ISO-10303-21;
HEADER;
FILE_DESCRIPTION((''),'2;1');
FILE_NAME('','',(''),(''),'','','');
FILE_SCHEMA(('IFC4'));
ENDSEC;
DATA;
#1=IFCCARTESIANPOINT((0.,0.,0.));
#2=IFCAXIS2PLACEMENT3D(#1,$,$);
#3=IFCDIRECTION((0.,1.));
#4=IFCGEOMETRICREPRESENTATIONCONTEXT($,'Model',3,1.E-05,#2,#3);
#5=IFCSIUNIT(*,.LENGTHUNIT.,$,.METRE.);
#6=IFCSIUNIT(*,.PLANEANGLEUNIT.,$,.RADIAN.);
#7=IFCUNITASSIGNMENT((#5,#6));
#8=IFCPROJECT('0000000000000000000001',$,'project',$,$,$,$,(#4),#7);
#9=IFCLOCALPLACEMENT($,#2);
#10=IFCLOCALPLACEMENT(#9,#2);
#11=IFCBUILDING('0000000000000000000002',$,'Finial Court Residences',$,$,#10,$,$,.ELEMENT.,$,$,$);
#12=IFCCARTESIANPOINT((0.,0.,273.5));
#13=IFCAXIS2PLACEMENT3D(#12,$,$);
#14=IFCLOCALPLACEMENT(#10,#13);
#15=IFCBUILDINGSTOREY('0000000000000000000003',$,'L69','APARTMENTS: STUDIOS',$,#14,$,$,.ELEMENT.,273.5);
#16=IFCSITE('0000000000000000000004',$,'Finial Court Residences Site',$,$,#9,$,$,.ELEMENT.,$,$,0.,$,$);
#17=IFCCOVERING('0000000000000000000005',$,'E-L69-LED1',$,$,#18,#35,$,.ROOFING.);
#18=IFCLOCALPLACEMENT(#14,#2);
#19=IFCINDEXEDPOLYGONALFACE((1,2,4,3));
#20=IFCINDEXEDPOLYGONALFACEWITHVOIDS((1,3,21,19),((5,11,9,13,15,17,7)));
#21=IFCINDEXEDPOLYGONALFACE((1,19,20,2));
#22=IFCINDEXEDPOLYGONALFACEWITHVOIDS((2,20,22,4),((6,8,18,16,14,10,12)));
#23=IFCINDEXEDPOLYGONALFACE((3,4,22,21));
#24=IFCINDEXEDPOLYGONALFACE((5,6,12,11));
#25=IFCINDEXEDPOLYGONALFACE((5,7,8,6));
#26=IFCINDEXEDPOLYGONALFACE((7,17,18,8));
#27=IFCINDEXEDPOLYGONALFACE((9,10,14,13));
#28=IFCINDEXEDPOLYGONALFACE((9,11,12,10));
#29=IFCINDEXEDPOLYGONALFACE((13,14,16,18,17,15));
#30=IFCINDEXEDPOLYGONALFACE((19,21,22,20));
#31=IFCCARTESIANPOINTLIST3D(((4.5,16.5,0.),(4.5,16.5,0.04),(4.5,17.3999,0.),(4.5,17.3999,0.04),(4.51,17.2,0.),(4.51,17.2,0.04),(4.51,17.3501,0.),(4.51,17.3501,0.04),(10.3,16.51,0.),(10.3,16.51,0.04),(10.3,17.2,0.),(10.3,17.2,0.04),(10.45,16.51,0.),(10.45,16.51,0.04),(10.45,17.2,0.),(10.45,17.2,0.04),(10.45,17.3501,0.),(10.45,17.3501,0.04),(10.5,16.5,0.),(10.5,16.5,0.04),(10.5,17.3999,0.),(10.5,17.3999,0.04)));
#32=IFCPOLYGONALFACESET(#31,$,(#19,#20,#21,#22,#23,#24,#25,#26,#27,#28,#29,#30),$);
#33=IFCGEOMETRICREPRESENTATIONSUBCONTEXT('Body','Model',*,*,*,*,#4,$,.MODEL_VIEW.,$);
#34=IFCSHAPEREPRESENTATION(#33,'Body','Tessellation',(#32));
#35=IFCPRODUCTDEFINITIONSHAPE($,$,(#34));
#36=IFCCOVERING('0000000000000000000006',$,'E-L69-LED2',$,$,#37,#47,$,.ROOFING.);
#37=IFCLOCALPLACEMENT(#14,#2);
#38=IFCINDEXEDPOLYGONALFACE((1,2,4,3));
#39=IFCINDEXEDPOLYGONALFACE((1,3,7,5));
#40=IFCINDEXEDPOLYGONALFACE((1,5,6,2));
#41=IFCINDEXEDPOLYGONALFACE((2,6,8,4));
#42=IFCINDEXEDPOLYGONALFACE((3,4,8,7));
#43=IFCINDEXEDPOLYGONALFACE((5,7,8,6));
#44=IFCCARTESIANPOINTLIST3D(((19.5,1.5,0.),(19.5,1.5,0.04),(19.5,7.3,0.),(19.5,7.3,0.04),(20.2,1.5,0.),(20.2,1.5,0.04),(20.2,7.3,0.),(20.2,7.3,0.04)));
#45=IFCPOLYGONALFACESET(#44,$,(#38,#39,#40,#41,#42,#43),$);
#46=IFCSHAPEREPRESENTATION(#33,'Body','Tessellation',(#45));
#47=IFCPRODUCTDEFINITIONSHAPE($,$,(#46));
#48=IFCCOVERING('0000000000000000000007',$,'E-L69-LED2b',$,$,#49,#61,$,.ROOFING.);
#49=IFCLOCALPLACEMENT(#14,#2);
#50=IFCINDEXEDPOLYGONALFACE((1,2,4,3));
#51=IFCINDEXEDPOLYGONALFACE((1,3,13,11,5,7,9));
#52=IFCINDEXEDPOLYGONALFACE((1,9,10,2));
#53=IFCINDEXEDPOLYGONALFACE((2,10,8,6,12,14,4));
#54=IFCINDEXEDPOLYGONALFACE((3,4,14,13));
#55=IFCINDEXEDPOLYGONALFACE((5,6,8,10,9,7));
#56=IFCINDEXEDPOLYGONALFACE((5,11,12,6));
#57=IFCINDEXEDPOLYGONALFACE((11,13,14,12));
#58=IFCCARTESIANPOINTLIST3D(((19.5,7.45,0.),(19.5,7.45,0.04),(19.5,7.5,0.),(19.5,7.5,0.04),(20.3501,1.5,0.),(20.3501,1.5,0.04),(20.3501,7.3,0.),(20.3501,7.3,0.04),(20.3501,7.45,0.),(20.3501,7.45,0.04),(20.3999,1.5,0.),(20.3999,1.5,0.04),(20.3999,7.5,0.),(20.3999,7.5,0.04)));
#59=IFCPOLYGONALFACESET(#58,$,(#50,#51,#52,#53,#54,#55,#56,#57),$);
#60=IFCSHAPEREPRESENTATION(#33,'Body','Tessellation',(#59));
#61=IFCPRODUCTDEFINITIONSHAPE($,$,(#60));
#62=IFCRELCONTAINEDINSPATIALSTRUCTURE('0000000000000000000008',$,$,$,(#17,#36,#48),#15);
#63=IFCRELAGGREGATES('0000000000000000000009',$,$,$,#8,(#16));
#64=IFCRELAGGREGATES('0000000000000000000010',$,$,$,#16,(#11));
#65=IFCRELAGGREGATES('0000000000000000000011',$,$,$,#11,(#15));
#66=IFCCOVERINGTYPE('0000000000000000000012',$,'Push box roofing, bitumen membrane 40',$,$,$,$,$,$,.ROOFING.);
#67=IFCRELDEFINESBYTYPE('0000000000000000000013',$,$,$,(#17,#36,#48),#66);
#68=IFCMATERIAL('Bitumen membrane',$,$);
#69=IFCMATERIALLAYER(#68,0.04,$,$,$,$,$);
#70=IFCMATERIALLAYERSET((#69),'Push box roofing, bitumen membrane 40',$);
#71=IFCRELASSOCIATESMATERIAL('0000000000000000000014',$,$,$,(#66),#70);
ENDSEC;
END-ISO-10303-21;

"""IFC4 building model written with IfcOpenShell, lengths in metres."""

from ifc_helpers import new_model, si_unit, direction, frame, origin, place, context, subcontext, project, spatial, polyline, outline, extrude, material, layer, layer_set, type_object, element, save


model = new_model("IFC4")

# Units and contexts
model_context = context("Model", 3, precision=1e-05, world=origin(), true_north=direction((0.0, 1.0)))
body_context = subcontext(model_context, "Body", "Model", "MODEL_VIEW")
ifc_project = project(units=[si_unit("LENGTHUNIT", "METRE"), si_unit("PLANEANGLEUNIT", "RADIAN")], contexts=[model_context])

# Site, building, storey
site_placement = place(None, origin())
site = spatial("IfcSite", under=ifc_project, at=site_placement, Name="Finial Court Residences Site", CompositionType="ELEMENT", RefElevation=0.0)
building_placement = place(site_placement, origin())
building = spatial("IfcBuilding", under=site, at=building_placement, Name="Finial Court Residences", CompositionType="ELEMENT")
storey_placement = place(building_placement, frame((0.0, 0.0, 273.5)))
storey = spatial("IfcBuildingStorey", under=building, at=storey_placement, Name="L69", Description="APARTMENTS: STUDIOS", CompositionType="ELEMENT", Elevation=273.5)

# Coverings
ifc_material_1 = material(Name="Bitumen membrane")
ifc_layer_1 = layer(ifc_material_1, 0.04)
ifc_layer_set_1 = layer_set([ifc_layer_1], Name="Push box roofing, bitumen membrane 40")
covering_type_1 = type_object("IfcCoveringType", Name="Push box roofing, bitumen membrane 40", PredefinedType="ROOFING", material=ifc_layer_set_1)
covering_1_placement = place(storey_placement, origin())
element("IfcCovering", 1, at=covering_1_placement, inside=storey, type_object=covering_type_1, Name="E-L69-LED1", PredefinedType="ROOFING", context=body_context, shape_type="SweptSolid", body=[
    extrude(outline(polyline([(4.5, 16.5), (4.5, 17.3999), (10.5, 17.3999), (10.5, 16.5), (4.5, 16.5)]), holes=[polyline([(10.45, 16.51), (10.45, 17.2), (10.45, 17.3501), (4.51, 17.3501), (4.51, 17.2), (10.3, 17.2), (10.3, 16.51), (10.45, 16.51)])]), origin(), (0.0, 0.0, 1.0), 0.04),
])
covering_2_placement = place(storey_placement, origin())
element("IfcCovering", 2, at=covering_2_placement, inside=storey, type_object=covering_type_1, Name="E-L69-LED2", PredefinedType="ROOFING", context=body_context, shape_type="SweptSolid", body=[
    extrude(outline(polyline([(19.5, 7.3), (20.2, 7.3), (20.2, 1.5), (19.5, 1.5), (19.5, 7.3)])), origin(), (0.0, 0.0, 1.0), 0.04),
])
covering_3_placement = place(storey_placement, origin())
element("IfcCovering", 3, at=covering_3_placement, inside=storey, type_object=covering_type_1, Name="E-L69-LED2b", PredefinedType="ROOFING", context=body_context, shape_type="SweptSolid", body=[
    extrude(outline(polyline([(19.5, 7.5), (20.3999, 7.5), (20.3999, 1.5), (20.3501, 1.5), (20.3501, 7.3), (20.3501, 7.3), (20.3501, 7.45), (19.5, 7.45), (19.5, 7.5)])), origin(), (0.0, 0.0, 1.0), 0.04),
])

save(model, "model.ifc")
